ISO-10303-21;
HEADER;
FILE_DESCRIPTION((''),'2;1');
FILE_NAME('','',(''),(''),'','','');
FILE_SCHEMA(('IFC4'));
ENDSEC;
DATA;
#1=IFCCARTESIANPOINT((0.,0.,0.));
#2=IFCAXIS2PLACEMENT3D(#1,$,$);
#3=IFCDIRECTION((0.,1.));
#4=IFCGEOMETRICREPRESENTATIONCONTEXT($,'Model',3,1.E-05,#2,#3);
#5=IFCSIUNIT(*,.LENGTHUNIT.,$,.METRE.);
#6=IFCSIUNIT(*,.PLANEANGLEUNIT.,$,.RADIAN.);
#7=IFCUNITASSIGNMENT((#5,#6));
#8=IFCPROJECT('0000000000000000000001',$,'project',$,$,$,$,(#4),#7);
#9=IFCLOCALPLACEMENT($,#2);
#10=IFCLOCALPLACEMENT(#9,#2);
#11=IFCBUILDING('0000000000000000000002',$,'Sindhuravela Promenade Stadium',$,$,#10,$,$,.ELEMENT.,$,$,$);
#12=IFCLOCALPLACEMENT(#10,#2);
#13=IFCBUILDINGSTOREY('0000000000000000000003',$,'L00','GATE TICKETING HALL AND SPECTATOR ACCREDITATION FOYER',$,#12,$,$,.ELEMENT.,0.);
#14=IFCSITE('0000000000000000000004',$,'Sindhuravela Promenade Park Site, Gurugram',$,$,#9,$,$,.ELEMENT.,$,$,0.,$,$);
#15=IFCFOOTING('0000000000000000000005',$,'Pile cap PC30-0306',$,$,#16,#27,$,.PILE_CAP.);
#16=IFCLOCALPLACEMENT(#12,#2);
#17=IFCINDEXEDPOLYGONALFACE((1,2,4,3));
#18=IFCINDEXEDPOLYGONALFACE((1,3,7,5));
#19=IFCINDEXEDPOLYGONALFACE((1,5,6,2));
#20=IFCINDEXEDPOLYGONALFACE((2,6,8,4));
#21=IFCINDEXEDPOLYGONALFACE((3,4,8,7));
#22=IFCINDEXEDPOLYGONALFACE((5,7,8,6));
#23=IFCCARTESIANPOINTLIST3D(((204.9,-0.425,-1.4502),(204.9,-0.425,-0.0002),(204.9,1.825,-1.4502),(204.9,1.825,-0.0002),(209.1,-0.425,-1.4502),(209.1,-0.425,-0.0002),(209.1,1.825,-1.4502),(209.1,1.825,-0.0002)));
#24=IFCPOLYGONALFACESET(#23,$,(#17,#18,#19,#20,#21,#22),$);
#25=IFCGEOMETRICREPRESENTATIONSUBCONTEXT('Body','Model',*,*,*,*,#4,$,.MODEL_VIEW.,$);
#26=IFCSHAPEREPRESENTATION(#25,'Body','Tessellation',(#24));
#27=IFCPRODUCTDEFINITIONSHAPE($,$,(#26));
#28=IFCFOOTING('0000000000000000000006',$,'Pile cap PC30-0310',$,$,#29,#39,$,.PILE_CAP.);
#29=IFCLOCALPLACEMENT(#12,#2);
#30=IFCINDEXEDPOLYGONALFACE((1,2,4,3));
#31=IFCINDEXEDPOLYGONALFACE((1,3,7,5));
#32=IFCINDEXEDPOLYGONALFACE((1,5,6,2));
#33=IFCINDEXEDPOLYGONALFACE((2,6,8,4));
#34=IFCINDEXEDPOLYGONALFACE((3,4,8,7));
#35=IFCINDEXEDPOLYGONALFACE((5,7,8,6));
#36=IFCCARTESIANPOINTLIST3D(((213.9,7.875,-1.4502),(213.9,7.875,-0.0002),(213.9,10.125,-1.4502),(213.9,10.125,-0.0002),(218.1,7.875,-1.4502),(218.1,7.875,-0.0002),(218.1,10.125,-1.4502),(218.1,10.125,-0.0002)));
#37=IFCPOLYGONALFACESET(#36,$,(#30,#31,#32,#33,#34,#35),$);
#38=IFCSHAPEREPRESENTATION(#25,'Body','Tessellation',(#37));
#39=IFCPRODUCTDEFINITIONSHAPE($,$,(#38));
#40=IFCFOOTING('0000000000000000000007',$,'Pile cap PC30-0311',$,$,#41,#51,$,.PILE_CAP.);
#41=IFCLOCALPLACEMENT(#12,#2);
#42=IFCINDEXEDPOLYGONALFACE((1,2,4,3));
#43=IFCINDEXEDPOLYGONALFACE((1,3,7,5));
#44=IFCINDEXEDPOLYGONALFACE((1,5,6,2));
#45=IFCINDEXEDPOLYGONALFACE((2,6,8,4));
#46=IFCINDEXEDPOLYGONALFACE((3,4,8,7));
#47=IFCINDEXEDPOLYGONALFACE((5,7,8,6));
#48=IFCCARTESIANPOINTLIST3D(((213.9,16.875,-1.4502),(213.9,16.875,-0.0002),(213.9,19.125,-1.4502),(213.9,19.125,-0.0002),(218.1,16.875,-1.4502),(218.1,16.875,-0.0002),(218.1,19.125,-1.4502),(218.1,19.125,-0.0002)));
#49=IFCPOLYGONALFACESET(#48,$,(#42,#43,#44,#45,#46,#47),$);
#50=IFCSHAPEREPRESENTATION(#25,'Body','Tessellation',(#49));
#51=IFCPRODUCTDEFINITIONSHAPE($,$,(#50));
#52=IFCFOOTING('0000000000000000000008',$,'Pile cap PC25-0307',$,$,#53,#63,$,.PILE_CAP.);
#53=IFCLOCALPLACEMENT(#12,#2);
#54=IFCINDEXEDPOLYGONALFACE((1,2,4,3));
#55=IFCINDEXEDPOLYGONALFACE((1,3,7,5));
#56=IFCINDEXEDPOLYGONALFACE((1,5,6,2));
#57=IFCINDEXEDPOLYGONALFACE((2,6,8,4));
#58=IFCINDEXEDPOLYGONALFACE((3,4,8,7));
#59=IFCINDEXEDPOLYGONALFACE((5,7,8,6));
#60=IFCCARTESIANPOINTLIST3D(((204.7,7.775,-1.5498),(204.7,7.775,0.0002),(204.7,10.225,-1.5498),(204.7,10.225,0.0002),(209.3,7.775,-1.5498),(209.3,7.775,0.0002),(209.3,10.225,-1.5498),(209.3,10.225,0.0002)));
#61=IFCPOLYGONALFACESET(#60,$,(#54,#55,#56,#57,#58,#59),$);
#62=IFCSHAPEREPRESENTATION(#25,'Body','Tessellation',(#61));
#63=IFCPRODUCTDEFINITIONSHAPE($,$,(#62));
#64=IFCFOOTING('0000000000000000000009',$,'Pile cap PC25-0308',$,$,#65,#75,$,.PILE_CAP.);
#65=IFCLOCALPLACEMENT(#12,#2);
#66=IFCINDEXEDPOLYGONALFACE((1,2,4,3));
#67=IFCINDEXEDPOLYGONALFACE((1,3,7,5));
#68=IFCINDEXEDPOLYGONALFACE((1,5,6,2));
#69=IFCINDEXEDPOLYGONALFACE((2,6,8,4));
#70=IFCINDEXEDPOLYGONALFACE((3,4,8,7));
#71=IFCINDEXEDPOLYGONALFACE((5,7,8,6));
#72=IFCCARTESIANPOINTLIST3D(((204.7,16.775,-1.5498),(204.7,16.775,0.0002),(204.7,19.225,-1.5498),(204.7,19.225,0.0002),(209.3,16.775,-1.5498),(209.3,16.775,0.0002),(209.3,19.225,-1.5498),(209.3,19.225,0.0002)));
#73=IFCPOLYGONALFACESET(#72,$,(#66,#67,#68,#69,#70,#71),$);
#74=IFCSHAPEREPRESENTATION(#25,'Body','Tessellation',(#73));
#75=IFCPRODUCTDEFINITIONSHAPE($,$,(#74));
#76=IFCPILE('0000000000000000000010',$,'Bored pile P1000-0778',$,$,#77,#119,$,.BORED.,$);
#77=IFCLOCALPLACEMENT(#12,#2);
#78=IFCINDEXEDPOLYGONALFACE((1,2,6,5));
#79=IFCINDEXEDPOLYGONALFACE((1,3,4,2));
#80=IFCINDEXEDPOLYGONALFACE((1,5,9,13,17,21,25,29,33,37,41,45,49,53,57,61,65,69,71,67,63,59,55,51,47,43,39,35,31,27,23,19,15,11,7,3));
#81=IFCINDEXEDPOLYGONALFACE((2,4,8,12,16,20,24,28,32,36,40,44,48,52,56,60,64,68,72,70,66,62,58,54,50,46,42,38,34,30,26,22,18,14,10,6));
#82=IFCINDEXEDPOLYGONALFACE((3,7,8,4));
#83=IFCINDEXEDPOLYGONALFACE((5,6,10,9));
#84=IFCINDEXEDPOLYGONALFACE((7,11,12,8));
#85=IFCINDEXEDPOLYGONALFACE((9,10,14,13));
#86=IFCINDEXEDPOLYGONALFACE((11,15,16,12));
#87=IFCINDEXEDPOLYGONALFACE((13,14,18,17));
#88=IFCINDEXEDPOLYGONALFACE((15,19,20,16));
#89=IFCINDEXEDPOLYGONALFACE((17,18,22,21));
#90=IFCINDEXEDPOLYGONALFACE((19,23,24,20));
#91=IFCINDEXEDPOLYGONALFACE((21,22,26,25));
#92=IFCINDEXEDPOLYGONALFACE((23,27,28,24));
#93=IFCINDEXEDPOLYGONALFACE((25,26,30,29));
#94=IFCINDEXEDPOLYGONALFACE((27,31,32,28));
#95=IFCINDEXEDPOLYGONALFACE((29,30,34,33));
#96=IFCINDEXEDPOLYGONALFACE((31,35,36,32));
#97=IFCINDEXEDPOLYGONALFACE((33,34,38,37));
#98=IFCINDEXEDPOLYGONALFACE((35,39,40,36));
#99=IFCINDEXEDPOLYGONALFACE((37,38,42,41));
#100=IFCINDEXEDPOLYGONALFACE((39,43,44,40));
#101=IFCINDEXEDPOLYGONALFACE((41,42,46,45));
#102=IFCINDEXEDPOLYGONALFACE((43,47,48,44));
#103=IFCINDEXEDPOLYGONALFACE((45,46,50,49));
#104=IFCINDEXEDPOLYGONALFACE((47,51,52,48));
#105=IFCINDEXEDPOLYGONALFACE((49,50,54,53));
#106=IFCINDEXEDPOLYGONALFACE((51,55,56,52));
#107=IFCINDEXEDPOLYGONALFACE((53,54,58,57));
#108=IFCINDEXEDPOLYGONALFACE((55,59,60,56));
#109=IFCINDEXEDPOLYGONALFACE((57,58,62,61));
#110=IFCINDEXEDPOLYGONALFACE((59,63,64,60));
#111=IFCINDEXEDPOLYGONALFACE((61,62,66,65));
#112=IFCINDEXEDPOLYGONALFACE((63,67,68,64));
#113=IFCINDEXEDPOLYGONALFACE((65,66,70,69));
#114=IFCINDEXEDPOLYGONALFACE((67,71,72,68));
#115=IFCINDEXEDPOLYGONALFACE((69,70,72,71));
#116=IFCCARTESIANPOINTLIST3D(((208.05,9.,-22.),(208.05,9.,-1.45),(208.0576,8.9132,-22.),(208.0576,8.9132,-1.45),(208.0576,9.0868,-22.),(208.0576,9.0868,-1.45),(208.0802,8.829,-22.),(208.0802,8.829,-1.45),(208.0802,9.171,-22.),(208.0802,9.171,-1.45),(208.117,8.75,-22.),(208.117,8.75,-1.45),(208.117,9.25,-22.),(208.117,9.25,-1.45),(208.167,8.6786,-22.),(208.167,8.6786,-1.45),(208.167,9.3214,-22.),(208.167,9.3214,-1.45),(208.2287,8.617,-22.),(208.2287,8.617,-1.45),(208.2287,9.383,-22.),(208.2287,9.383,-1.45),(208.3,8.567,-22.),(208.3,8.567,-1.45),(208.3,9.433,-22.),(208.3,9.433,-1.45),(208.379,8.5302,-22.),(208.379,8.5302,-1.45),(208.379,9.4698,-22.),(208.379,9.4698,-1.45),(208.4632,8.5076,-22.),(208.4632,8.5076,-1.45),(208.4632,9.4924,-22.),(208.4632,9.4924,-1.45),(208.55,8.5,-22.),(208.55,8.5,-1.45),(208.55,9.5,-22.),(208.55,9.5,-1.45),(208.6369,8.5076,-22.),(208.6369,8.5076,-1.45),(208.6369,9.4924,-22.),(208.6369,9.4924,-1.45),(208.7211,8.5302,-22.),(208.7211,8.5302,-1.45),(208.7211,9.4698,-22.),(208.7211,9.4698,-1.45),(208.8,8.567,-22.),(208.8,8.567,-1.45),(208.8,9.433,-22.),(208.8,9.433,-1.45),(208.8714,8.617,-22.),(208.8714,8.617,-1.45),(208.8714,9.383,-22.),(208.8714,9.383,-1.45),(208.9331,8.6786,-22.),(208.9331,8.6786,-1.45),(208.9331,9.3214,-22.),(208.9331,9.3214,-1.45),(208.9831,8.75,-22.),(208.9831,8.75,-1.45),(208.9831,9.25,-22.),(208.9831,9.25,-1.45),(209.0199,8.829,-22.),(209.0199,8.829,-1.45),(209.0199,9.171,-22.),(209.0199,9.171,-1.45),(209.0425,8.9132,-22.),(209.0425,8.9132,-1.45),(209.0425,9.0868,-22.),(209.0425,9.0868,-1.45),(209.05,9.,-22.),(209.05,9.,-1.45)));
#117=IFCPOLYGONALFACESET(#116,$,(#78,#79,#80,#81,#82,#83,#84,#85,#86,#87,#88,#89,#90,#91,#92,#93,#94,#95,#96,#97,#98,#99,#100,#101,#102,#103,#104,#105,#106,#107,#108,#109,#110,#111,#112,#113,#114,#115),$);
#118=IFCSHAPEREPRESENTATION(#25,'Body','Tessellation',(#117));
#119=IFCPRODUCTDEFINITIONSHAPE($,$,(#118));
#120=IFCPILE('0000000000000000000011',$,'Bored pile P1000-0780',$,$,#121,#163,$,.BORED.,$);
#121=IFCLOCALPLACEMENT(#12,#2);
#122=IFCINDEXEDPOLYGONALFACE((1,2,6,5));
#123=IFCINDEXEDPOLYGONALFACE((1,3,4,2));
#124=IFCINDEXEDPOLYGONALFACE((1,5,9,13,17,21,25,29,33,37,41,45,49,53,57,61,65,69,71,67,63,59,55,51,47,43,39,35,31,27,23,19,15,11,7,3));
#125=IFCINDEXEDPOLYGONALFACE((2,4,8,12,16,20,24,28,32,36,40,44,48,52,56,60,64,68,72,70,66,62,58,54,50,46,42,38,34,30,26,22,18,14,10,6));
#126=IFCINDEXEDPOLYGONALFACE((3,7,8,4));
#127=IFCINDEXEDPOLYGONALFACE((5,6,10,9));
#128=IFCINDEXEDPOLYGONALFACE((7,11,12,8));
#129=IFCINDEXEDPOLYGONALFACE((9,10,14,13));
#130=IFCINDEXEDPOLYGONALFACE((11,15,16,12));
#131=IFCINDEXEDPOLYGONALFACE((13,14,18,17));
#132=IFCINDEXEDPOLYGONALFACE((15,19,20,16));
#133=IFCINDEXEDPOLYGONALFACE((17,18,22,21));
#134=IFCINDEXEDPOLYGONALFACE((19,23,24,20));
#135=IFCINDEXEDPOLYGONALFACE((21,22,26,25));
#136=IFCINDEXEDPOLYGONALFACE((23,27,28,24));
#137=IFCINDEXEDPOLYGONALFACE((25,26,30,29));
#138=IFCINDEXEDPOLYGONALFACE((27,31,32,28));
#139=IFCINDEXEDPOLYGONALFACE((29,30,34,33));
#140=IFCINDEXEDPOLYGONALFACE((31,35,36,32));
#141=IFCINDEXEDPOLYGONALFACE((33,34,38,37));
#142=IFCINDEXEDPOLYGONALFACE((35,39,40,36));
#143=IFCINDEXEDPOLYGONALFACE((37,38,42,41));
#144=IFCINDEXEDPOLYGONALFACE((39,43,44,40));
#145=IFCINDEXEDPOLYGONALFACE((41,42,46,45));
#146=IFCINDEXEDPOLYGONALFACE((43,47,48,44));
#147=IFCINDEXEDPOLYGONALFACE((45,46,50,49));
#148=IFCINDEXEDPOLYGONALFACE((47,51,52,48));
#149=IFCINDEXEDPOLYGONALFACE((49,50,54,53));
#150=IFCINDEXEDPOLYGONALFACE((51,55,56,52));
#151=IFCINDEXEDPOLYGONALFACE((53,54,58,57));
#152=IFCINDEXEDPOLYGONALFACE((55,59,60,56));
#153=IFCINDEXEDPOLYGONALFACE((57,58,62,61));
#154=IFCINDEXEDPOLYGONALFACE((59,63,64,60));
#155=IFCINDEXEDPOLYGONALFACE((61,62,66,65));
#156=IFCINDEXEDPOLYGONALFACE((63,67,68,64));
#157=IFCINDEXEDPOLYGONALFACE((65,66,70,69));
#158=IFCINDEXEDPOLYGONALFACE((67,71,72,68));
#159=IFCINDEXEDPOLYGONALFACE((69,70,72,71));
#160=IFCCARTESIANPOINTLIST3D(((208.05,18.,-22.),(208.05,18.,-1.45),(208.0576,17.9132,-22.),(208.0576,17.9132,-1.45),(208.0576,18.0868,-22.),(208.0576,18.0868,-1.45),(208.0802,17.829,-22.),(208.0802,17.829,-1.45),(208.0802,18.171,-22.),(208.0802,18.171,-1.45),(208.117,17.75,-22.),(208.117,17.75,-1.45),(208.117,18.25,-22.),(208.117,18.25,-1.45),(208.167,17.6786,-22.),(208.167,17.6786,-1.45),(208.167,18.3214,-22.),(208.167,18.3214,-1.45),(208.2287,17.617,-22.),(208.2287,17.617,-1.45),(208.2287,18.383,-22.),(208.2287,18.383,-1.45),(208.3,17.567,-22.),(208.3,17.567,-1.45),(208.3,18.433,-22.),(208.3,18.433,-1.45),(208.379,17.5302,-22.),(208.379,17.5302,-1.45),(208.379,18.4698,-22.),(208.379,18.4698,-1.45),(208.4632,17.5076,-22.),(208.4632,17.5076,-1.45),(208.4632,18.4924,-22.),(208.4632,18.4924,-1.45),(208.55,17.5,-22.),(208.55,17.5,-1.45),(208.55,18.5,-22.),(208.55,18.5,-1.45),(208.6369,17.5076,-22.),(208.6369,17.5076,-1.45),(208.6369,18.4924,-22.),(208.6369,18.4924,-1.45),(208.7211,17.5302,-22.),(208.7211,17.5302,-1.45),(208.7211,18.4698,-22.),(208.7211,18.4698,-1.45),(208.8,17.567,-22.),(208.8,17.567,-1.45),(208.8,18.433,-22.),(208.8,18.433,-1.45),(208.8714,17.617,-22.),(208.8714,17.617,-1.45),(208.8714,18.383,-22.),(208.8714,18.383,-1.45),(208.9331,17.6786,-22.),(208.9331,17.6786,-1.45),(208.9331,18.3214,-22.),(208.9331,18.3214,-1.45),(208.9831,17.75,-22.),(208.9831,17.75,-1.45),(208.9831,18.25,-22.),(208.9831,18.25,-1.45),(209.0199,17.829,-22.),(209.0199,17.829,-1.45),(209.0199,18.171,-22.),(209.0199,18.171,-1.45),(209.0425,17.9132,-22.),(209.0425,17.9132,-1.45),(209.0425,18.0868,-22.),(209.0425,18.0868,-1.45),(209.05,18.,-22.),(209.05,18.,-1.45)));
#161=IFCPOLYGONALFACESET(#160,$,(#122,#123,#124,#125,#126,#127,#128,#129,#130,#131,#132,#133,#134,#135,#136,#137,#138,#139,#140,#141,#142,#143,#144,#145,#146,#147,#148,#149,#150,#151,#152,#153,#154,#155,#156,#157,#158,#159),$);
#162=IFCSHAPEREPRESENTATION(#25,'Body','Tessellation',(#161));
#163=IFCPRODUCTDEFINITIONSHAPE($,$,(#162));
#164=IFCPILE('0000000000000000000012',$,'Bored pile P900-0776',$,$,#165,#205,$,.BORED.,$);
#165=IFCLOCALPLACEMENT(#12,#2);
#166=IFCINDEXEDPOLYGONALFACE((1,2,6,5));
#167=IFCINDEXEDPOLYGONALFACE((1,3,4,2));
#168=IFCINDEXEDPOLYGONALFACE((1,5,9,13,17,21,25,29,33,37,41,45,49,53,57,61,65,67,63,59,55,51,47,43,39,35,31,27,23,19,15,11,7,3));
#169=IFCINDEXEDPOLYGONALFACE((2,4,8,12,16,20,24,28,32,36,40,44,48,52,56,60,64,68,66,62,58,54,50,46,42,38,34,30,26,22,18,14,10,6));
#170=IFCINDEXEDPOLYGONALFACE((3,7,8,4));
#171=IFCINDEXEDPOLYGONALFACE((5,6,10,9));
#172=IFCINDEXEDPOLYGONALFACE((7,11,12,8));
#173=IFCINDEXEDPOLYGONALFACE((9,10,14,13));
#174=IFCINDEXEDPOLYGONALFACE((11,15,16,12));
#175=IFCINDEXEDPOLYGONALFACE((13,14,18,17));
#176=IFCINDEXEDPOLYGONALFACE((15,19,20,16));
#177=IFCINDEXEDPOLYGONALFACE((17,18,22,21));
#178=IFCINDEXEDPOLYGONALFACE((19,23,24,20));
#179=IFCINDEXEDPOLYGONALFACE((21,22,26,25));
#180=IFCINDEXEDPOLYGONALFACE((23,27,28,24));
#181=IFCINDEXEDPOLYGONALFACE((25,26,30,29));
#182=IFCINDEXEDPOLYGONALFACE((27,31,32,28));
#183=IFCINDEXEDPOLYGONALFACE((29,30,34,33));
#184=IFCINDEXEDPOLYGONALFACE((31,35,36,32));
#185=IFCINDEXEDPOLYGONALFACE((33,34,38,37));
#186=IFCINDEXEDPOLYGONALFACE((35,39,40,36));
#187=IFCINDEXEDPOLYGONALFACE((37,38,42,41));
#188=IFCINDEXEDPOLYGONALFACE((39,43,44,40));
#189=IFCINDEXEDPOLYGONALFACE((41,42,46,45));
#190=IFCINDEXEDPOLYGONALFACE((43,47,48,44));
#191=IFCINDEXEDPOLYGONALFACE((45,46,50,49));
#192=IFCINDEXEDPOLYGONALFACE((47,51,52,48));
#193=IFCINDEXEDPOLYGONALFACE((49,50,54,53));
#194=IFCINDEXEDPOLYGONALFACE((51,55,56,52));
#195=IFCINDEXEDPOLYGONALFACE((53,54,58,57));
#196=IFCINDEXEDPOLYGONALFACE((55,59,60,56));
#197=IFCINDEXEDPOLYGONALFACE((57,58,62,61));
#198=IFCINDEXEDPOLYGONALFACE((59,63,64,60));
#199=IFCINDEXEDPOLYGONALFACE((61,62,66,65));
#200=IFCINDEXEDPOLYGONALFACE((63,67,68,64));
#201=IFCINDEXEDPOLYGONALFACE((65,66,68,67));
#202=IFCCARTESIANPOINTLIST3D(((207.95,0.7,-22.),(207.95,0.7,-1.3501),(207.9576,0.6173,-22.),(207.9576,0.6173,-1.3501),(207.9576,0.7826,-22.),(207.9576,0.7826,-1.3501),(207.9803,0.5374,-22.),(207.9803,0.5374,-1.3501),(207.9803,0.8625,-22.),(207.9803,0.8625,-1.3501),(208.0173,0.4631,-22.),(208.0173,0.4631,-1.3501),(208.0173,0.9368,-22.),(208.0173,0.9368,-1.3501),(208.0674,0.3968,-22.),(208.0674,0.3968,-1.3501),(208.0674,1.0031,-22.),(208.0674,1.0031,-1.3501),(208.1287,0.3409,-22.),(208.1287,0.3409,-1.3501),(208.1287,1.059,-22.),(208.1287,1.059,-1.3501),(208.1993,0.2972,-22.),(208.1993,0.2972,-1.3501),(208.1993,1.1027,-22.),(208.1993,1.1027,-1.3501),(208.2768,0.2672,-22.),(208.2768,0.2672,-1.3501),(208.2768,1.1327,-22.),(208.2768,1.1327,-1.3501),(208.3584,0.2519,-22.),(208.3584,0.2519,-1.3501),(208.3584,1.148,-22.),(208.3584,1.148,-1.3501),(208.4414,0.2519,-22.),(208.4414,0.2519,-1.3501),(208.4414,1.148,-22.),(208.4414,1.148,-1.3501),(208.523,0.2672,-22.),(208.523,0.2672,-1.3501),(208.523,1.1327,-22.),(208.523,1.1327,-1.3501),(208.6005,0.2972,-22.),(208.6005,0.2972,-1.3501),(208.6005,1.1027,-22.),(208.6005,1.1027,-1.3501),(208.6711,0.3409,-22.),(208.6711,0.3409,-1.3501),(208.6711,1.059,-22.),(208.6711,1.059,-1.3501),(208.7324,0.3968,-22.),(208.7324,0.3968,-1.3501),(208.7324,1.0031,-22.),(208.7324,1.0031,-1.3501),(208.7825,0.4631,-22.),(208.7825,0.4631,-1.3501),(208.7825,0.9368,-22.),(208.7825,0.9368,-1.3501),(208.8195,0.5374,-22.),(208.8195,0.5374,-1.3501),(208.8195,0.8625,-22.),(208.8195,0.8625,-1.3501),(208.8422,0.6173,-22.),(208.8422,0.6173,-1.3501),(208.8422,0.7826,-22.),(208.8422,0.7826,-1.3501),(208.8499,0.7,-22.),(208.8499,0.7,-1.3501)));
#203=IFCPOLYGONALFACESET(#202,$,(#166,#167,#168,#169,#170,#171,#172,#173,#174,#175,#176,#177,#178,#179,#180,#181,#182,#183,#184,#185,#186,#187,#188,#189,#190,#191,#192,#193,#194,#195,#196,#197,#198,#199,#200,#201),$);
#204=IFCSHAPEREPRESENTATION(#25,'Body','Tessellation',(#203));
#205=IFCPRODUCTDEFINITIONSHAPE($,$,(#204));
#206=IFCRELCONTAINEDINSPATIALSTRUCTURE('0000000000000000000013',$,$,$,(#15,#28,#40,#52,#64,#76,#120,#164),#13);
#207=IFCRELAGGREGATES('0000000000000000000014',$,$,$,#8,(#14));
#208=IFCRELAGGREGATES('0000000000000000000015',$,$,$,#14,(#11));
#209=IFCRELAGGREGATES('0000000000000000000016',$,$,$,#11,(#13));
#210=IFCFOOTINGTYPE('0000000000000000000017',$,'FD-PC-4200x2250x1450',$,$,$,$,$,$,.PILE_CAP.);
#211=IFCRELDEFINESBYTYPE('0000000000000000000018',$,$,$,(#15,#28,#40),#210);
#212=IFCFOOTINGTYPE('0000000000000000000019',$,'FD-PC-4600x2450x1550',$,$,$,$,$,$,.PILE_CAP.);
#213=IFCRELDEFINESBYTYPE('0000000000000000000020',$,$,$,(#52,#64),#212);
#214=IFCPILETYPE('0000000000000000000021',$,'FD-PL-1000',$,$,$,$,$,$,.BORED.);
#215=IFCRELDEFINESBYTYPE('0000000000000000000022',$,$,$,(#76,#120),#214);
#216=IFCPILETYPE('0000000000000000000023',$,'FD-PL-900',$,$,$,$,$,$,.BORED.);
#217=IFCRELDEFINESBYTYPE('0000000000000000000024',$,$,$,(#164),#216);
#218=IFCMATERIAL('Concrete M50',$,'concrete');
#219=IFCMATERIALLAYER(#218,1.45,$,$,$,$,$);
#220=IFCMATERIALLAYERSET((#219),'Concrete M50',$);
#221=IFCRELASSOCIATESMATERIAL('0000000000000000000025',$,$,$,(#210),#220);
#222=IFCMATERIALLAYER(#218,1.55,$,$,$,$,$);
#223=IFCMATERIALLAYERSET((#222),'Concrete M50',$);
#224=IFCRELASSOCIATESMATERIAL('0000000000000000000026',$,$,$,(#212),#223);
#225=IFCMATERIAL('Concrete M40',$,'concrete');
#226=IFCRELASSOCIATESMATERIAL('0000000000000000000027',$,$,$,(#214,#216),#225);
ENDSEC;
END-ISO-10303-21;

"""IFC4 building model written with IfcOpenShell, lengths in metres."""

from ifc_helpers import new_model, si_unit, direction, frame, origin, origin_2d, place, context, subcontext, project, spatial, rectangle, circle, extrude, material, layer, layer_set, material_profile, profile_set, type_object, element, save


model = new_model("IFC4")

# Units and contexts
model_context = context("Model", 3, precision=1e-05, world=origin(), true_north=direction((0.0, 1.0)))
body_context = subcontext(model_context, "Body", "Model", "MODEL_VIEW")
ifc_project = project(units=[si_unit("LENGTHUNIT", "METRE"), si_unit("PLANEANGLEUNIT", "RADIAN")], contexts=[model_context])

# Site, building, storey
site_placement = place(None, origin())
site = spatial("IfcSite", under=ifc_project, at=site_placement, Name="Sindhuravela Promenade Park Site, Gurugram", CompositionType="ELEMENT", RefElevation=0.0)
building_placement = place(site_placement, origin())
building = spatial("IfcBuilding", under=site, at=building_placement, Name="Sindhuravela Promenade Stadium", CompositionType="ELEMENT")
storey_placement = place(building_placement, origin())
storey = spatial("IfcBuildingStorey", under=building, at=storey_placement, Name="L00", Description="GATE TICKETING HALL AND SPECTATOR ACCREDITATION FOYER", CompositionType="ELEMENT", Elevation=0.0)

# Footings
ifc_material_1 = material(Name="Concrete M50", Category="concrete")
ifc_layer_1 = layer(ifc_material_1, 1.45)
ifc_layer_set_1 = layer_set([ifc_layer_1], Name="Concrete M50")
footing_type_1 = type_object("IfcFootingType", Name="FD-PC-4200x2250x1450", PredefinedType="PILE_CAP", material=ifc_layer_set_1)
for number, where, z_axis, x_axis, name in (
    (1, (207.0, 0.7, -1.4502), (0.0, 0.0, 1.0), (1.0, 0.0, 0.0), "Pile cap PC30-0306"),
    (2, (216.0, 9.0, -1.4502), (0.0, 0.0, 1.0), (1.0, 0.0, 0.0), "Pile cap PC30-0310"),
    (3, (216.0, 18.0, -1.4502), (0.0, 0.0, 1.0), (1.0, 0.0, 0.0), "Pile cap PC30-0311"),
):
    element("IfcFooting", number, at=place(storey_placement, frame(where, z_axis=z_axis, x_axis=x_axis)), inside=storey, type_object=footing_type_1, Name=name, PredefinedType="PILE_CAP", context=body_context, shape_type="SweptSolid", body=[
        extrude(rectangle(XDim=4.2, YDim=2.25, at=origin_2d()), origin(), (0.0, 0.0, 1.0), 1.45),
    ])
ifc_layer_2 = layer(ifc_material_1, 1.55)
ifc_layer_set_2 = layer_set([ifc_layer_2], Name="Concrete M50")
footing_type_2 = type_object("IfcFootingType", Name="FD-PC-4600x2450x1550", PredefinedType="PILE_CAP", material=ifc_layer_set_2)
for number, where, z_axis, x_axis, name in (
    (4, (207.0, 9.0, -1.5498), (0.0, 0.0, 1.0), (1.0, 0.0, 0.0), "Pile cap PC25-0307"),
    (5, (207.0, 18.0, -1.5498), (0.0, 0.0, 1.0), (1.0, 0.0, 0.0), "Pile cap PC25-0308"),
):
    element("IfcFooting", number, at=place(storey_placement, frame(where, z_axis=z_axis, x_axis=x_axis)), inside=storey, type_object=footing_type_2, Name=name, PredefinedType="PILE_CAP", context=body_context, shape_type="SweptSolid", body=[
        extrude(rectangle(XDim=4.6001, YDim=2.45, at=origin_2d()), origin(), (0.0, 0.0, 1.0), 1.55),
    ])

# Piles
ifc_material_2 = material(Name="Concrete M40", Category="concrete")
ifc_material_profile_1 = material_profile(ifc_material_2, circle(Radius=0.5, at=origin_2d()), Name="BORED PILE D1000")
ifc_profile_set_1 = profile_set([ifc_material_profile_1], Name="Concrete M40")
pile_type_1 = type_object("IfcPileType", Name="FD-PL-1000", PredefinedType="BORED", material=ifc_profile_set_1)
for number, where, z_axis, x_axis, name in (
    (6, (208.55, 9.0, -1.45), (0.0, 0.0, -1.0), (1.0, 0.0, 0.0), "Bored pile P1000-0778"),
    (7, (208.55, 18.0, -1.45), (0.0, 0.0, -1.0), (1.0, 0.0, 0.0), "Bored pile P1000-0780"),
):
    element("IfcPile", number, at=place(storey_placement, frame(where, z_axis=z_axis, x_axis=x_axis)), inside=storey, type_object=pile_type_1, Name=name, PredefinedType="BORED", context=body_context, shape_type="SweptSolid", body=[
        extrude(circle(Radius=0.5, at=origin_2d()), origin(), (0.0, 0.0, 1.0), 20.55),
    ])
ifc_material_profile_2 = material_profile(ifc_material_2, circle(Radius=0.45, at=origin_2d()), Name="BORED PILE D900")
ifc_profile_set_2 = profile_set([ifc_material_profile_2], Name="Concrete M40")
pile_type_2 = type_object("IfcPileType", Name="FD-PL-900", PredefinedType="BORED", material=ifc_profile_set_2)
for number, where, z_axis, x_axis, name in (
    (8, (208.3999, 0.7, -1.3501), (0.0, 0.0, -1.0), (1.0, 0.0, 0.0), "Bored pile P900-0776"),
):
    element("IfcPile", number, at=place(storey_placement, frame(where, z_axis=z_axis, x_axis=x_axis)), inside=storey, type_object=pile_type_2, Name=name, PredefinedType="BORED", context=body_context, shape_type="SweptSolid", body=[
        extrude(circle(Radius=0.45, at=origin_2d()), origin(), (0.0, 0.0, 1.0), 20.6499),
    ])

save(model, "model.ifc")
